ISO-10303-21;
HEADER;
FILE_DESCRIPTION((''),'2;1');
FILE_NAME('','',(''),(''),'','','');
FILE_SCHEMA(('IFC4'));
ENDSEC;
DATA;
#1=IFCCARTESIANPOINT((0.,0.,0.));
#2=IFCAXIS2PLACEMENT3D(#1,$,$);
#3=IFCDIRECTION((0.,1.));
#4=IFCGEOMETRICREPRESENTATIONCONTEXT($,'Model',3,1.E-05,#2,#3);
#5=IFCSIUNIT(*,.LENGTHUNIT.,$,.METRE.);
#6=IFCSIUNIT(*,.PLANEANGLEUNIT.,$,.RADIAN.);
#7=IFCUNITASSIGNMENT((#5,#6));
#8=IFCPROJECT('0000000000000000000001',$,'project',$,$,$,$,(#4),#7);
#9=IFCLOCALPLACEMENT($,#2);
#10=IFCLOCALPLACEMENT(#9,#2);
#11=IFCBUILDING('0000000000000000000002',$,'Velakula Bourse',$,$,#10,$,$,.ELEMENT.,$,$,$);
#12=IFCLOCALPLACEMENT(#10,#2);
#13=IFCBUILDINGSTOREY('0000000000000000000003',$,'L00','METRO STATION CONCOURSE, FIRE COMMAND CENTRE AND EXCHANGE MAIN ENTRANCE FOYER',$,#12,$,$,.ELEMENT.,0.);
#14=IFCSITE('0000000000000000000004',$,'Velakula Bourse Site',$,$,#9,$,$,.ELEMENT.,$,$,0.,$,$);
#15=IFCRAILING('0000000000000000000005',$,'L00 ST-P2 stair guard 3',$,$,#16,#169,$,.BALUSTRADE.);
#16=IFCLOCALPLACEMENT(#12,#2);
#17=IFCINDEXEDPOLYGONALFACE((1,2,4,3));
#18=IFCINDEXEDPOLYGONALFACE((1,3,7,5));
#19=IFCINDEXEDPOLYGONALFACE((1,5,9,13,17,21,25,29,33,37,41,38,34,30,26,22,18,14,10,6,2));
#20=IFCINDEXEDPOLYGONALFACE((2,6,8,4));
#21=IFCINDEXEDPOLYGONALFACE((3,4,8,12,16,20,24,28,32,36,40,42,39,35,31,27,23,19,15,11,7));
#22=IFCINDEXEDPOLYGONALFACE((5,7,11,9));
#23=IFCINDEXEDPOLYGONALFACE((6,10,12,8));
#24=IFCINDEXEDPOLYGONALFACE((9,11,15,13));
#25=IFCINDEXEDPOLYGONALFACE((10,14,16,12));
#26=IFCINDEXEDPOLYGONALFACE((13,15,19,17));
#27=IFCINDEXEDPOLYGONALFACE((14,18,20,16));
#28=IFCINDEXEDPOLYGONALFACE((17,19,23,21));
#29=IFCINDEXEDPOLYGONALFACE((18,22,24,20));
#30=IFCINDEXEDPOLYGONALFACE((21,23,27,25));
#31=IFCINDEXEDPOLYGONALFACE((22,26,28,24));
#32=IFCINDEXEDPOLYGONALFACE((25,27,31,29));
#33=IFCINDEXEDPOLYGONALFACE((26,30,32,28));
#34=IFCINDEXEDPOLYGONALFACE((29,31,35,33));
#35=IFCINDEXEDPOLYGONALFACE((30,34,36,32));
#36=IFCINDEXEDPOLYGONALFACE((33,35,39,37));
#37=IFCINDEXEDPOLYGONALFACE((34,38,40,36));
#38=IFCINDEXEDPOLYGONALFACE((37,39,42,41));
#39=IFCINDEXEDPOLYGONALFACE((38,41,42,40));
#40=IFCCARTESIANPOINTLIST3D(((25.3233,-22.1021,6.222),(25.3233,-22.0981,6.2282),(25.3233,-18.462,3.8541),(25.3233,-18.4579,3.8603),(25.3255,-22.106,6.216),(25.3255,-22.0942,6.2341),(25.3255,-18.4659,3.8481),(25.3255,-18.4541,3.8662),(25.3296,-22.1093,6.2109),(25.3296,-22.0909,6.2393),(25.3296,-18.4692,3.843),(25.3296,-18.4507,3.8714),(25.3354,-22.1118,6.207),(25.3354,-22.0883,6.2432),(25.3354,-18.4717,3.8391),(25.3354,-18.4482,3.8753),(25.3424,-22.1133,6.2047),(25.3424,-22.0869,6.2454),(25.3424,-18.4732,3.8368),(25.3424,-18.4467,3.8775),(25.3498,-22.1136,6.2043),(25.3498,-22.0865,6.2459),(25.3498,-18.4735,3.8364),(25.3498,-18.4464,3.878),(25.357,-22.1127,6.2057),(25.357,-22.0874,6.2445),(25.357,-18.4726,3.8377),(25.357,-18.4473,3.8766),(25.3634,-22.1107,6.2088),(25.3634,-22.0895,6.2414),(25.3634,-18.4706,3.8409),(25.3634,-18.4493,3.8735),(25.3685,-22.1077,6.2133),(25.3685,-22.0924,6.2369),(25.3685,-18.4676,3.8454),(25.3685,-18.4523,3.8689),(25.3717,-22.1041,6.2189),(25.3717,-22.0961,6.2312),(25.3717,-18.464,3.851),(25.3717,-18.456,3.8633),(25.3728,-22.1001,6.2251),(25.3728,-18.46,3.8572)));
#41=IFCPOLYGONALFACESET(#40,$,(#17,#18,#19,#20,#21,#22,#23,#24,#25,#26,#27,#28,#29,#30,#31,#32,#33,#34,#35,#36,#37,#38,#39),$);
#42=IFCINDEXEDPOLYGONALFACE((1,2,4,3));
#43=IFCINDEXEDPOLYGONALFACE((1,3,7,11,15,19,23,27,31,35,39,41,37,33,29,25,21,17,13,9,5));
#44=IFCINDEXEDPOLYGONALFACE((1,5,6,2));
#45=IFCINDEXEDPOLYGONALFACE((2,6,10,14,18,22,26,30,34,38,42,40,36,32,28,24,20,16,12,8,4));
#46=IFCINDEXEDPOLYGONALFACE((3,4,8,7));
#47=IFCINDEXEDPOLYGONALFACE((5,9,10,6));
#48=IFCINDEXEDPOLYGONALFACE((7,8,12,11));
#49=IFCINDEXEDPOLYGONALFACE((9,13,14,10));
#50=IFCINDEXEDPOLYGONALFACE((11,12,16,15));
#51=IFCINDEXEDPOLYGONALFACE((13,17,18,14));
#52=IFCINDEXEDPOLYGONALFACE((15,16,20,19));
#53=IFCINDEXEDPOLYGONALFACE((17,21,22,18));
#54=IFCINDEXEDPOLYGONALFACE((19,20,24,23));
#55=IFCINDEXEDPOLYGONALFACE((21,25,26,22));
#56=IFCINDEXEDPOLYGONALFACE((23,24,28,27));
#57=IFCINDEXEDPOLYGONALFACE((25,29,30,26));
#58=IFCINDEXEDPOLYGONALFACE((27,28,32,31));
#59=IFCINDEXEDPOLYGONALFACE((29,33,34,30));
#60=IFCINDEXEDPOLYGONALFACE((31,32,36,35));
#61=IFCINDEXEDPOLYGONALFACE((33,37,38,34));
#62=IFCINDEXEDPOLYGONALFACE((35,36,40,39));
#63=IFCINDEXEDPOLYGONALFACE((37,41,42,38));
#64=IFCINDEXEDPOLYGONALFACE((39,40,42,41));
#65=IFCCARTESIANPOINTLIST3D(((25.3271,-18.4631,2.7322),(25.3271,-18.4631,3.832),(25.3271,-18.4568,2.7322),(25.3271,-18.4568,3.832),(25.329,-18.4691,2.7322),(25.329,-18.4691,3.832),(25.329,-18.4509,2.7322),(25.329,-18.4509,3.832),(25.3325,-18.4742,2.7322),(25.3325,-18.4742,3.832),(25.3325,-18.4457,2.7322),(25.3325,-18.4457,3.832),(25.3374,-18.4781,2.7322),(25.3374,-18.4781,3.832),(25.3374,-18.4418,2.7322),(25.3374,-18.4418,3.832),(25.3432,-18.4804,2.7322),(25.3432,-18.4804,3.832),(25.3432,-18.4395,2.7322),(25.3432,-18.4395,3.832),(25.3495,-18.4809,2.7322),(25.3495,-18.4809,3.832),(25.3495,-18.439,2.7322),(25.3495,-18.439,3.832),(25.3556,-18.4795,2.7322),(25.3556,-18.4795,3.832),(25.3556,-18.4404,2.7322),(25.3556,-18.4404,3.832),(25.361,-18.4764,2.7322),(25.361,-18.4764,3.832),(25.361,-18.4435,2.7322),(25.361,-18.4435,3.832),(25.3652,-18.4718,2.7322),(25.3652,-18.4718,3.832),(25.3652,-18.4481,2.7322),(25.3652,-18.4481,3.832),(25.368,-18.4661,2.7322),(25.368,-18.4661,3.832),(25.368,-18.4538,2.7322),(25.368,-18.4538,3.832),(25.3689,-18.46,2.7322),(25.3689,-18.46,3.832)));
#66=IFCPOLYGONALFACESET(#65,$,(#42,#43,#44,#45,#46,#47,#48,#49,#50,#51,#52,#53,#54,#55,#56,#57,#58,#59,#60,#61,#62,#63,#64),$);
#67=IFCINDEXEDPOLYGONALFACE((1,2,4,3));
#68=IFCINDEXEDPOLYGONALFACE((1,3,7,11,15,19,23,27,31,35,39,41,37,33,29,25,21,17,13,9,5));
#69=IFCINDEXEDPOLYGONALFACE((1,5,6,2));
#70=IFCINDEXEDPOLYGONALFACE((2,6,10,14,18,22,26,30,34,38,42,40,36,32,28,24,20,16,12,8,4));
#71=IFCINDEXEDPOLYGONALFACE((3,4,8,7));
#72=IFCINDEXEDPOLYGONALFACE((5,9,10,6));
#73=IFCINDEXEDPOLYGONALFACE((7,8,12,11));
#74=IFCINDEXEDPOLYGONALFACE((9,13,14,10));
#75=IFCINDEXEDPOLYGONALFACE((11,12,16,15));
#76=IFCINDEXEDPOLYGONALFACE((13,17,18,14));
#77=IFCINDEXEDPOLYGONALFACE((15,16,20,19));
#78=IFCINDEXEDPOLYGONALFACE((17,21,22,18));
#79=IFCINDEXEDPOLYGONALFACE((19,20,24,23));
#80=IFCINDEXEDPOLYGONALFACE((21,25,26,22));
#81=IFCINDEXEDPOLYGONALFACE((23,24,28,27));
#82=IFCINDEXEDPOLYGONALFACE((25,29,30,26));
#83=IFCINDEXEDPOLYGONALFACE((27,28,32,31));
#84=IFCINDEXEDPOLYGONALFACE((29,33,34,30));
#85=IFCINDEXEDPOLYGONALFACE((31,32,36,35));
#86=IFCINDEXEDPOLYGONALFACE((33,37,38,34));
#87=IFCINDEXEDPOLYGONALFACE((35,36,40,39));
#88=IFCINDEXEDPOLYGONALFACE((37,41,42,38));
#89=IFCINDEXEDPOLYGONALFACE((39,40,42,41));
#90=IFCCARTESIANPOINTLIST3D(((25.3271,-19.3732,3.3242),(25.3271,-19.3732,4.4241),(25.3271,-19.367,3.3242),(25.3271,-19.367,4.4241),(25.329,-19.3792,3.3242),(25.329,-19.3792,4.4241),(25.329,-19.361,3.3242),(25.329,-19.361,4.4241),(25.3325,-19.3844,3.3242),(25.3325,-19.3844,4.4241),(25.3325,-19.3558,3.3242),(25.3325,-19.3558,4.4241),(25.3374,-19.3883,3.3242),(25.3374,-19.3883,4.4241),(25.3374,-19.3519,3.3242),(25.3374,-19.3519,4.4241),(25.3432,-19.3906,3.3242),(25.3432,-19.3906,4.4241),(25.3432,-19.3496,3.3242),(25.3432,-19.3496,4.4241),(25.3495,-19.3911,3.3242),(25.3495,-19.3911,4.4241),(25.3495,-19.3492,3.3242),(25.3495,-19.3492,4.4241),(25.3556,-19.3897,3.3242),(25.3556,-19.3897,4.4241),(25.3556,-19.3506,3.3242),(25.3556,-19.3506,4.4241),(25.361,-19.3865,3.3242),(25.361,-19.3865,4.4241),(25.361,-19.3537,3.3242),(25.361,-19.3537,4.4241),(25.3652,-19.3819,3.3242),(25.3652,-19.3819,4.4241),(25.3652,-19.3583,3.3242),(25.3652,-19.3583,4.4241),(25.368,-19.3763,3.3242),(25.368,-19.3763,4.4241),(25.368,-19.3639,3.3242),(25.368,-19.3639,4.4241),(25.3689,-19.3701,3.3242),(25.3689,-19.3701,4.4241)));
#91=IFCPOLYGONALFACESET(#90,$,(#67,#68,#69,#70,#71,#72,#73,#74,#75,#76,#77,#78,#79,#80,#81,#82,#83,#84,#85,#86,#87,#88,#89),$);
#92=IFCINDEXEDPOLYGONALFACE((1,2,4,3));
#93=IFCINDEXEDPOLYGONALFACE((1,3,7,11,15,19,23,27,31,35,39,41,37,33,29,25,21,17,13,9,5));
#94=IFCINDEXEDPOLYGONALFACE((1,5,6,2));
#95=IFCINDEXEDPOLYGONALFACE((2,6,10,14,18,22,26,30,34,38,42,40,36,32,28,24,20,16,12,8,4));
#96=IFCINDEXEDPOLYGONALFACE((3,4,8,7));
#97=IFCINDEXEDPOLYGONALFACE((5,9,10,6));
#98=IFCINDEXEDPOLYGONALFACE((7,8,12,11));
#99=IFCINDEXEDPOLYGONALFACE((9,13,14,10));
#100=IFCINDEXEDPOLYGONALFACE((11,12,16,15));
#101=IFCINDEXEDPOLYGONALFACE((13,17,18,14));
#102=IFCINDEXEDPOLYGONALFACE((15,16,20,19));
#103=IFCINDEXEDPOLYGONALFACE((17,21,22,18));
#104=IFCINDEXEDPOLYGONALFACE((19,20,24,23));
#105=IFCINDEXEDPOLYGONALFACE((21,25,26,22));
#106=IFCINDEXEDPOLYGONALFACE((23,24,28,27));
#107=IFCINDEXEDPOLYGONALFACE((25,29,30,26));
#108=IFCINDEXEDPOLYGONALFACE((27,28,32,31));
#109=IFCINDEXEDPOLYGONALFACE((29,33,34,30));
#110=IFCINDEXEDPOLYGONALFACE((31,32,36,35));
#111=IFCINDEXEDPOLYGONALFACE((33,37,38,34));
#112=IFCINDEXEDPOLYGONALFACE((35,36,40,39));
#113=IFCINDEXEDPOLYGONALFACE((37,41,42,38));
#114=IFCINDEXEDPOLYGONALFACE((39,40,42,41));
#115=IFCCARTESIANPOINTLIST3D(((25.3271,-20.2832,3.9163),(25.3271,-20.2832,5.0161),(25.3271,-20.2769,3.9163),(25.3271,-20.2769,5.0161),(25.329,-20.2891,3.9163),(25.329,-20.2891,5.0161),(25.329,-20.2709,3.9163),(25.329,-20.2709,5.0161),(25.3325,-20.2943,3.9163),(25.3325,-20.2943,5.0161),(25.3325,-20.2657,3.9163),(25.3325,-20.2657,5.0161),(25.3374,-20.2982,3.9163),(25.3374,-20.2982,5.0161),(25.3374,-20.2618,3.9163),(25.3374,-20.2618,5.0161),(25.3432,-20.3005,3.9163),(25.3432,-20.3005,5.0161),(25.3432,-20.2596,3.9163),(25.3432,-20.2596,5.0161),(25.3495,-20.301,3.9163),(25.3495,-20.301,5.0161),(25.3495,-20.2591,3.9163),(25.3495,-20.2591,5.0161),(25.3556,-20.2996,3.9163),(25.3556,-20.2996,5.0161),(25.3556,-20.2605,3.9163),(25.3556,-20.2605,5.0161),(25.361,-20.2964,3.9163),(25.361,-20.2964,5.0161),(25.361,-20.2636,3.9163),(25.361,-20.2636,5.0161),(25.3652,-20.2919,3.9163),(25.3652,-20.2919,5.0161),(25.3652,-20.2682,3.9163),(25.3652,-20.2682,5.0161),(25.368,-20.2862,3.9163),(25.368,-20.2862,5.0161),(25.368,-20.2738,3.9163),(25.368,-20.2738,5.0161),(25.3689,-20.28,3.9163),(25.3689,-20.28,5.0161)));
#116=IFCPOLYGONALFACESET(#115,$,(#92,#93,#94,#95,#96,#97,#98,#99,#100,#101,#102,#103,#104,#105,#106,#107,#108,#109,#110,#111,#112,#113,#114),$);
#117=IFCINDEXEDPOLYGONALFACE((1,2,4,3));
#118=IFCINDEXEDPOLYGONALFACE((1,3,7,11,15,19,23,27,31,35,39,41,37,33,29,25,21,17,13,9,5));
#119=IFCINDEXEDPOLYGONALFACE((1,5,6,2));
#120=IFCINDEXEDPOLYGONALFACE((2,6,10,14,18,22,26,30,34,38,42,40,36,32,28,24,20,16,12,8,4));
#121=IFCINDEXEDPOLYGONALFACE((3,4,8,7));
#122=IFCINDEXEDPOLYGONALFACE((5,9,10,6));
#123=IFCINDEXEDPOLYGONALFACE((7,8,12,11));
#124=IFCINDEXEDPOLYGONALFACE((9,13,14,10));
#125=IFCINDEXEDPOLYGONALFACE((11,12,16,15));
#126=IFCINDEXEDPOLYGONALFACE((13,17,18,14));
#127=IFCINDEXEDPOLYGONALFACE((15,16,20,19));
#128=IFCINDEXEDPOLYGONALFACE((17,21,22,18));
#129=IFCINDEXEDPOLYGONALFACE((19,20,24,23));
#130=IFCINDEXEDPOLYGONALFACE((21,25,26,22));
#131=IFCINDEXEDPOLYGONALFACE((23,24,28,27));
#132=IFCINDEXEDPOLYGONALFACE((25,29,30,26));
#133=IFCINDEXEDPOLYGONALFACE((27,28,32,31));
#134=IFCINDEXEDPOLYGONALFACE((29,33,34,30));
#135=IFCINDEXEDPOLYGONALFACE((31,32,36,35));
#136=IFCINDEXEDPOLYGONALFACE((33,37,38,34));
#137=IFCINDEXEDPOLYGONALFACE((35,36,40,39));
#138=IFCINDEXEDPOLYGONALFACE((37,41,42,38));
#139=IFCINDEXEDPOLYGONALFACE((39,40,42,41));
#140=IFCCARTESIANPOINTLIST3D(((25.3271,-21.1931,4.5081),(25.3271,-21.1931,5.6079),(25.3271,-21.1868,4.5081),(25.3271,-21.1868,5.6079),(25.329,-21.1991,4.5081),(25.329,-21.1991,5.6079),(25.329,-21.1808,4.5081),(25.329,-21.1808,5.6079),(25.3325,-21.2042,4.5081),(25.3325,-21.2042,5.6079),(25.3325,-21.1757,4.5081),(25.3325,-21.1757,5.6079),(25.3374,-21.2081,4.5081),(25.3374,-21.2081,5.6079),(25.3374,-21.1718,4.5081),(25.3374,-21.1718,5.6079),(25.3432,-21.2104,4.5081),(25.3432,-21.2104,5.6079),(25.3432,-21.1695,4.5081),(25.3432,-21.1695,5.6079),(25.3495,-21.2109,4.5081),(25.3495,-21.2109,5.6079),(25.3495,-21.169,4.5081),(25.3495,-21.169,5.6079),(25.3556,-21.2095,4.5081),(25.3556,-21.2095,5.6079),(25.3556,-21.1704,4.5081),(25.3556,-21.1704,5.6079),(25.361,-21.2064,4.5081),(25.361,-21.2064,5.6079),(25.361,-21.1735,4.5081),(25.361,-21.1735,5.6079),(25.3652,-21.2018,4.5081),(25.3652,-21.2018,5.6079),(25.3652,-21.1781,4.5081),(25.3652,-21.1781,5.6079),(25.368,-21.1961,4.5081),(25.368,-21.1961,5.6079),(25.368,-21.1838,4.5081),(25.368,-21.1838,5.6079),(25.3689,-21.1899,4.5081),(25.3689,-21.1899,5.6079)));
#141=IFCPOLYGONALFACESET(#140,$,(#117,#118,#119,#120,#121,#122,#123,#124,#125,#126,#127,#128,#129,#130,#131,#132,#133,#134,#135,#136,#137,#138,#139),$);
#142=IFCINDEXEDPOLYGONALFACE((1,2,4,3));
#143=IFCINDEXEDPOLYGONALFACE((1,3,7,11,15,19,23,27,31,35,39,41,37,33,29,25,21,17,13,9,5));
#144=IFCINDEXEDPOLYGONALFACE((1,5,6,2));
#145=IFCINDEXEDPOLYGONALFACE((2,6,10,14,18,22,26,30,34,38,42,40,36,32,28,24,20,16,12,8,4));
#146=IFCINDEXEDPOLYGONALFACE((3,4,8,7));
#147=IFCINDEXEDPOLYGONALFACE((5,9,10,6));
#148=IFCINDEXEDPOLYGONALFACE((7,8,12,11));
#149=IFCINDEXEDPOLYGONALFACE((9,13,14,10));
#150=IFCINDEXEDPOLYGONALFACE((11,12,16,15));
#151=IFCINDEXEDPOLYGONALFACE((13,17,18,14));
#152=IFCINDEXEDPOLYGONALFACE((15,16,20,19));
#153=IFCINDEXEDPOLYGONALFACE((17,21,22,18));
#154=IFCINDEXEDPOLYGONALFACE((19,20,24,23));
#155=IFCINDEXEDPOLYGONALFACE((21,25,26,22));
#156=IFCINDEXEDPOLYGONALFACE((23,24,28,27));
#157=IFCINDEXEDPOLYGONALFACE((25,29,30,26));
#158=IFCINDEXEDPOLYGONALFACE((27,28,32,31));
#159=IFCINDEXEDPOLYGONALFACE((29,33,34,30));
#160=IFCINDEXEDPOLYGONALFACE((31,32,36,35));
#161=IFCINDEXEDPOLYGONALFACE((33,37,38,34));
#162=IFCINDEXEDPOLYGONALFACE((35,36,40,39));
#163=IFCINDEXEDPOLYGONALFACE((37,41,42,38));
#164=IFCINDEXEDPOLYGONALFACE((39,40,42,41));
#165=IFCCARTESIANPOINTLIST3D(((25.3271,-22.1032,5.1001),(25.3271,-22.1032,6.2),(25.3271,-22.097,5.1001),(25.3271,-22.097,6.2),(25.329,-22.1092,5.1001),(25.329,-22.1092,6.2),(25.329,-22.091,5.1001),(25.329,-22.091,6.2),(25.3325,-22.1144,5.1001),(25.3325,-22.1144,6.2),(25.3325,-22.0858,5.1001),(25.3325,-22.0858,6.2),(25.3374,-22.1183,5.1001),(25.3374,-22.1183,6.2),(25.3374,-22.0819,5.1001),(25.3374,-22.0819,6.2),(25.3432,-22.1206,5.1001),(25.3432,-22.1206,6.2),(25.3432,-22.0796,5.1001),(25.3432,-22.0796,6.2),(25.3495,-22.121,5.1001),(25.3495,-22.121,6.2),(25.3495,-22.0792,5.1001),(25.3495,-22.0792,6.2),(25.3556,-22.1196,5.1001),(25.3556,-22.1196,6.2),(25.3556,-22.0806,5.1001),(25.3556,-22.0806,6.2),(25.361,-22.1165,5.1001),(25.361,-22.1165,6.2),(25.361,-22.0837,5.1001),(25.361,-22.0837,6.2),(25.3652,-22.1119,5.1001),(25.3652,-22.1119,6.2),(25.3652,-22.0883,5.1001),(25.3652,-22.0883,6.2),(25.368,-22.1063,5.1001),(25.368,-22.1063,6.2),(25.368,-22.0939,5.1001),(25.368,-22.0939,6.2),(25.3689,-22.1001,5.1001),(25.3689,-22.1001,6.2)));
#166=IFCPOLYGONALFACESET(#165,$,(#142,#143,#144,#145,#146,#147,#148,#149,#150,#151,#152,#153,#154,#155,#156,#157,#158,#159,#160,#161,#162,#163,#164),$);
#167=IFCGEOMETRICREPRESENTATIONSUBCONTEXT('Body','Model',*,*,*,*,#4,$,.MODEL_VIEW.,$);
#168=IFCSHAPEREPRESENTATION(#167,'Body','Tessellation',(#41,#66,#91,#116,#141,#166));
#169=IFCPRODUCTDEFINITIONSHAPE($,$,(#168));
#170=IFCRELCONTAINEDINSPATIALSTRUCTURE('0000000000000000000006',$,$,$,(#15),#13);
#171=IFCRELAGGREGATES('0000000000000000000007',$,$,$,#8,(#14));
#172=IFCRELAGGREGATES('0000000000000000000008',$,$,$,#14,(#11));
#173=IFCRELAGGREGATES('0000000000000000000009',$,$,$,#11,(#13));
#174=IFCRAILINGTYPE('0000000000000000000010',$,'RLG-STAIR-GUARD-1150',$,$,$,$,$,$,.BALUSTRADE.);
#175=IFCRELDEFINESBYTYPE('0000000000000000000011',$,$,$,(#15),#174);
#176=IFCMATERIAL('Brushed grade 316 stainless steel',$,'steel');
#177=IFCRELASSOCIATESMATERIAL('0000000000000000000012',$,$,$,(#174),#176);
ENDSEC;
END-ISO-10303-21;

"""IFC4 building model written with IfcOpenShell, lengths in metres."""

from ifc_helpers import new_model, si_unit, direction, frame, origin, origin_2d, place, context, subcontext, project, spatial, circle, extrude, material, type_object, element, save


model = new_model("IFC4")

# Units and contexts
model_context = context("Model", 3, precision=1e-05, world=origin(), true_north=direction((0.0, 1.0)))
body_context = subcontext(model_context, "Body", "Model", "MODEL_VIEW")
ifc_project = project(units=[si_unit("LENGTHUNIT", "METRE"), si_unit("PLANEANGLEUNIT", "RADIAN")], contexts=[model_context])

# Site, building, storey
site_placement = place(None, origin())
site = spatial("IfcSite", under=ifc_project, at=site_placement, Name="Velakula Bourse Site", CompositionType="ELEMENT", RefElevation=0.0)
building_placement = place(site_placement, origin())
building = spatial("IfcBuilding", under=site, at=building_placement, Name="Velakula Bourse", CompositionType="ELEMENT")
storey_placement = place(building_placement, origin())
storey = spatial("IfcBuildingStorey", under=building, at=storey_placement, Name="L00", Description="METRO STATION CONCOURSE, FIRE COMMAND CENTRE AND EXCHANGE MAIN ENTRANCE FOYER", CompositionType="ELEMENT", Elevation=0.0)

# Railing
ifc_material_1 = material(Name="Brushed grade 316 stainless steel", Category="steel")
railing_type = type_object("IfcRailingType", Name="RLG-STAIR-GUARD-1150", PredefinedType="BALUSTRADE", material=ifc_material_1)
railing_1_placement = place(storey_placement, frame((25.3479, -18.46, 2.7322)))
element("IfcRailing", 1, at=railing_1_placement, inside=storey, type_object=railing_type, Name="L00 ST-P2 stair guard 3", PredefinedType="BALUSTRADE", context=body_context, shape_type="SweptSolid", body=[
    extrude(circle(Radius=0.0249, at=origin_2d()), frame((0.0, 0.0, 1.125), z_axis=(0.0, -0.838251, 0.545285), x_axis=(1.0, 0.0, 0.0)), (0.0, 0.0, 1.0), 4.3425),
    extrude(circle(Radius=0.021, at=origin_2d()), origin(), (0.0, 0.0, 1.0), 1.0999),
    extrude(circle(Radius=0.021, at=origin_2d()), frame((0.0, -0.9102, 0.592)), (0.0, 0.0, 1.0), 1.0999),
    extrude(circle(Radius=0.021, at=origin_2d()), frame((0.0, -1.8201, 1.1841)), (0.0, 0.0, 1.0), 1.0999),
    extrude(circle(Radius=0.021, at=origin_2d()), frame((0.0, -2.73, 1.7759)), (0.0, 0.0, 1.0), 1.0999),
    extrude(circle(Radius=0.021, at=origin_2d()), frame((0.0, -3.6401, 2.3679)), (0.0, 0.0, 1.0), 1.0999),
])

save(model, "model.ifc")
